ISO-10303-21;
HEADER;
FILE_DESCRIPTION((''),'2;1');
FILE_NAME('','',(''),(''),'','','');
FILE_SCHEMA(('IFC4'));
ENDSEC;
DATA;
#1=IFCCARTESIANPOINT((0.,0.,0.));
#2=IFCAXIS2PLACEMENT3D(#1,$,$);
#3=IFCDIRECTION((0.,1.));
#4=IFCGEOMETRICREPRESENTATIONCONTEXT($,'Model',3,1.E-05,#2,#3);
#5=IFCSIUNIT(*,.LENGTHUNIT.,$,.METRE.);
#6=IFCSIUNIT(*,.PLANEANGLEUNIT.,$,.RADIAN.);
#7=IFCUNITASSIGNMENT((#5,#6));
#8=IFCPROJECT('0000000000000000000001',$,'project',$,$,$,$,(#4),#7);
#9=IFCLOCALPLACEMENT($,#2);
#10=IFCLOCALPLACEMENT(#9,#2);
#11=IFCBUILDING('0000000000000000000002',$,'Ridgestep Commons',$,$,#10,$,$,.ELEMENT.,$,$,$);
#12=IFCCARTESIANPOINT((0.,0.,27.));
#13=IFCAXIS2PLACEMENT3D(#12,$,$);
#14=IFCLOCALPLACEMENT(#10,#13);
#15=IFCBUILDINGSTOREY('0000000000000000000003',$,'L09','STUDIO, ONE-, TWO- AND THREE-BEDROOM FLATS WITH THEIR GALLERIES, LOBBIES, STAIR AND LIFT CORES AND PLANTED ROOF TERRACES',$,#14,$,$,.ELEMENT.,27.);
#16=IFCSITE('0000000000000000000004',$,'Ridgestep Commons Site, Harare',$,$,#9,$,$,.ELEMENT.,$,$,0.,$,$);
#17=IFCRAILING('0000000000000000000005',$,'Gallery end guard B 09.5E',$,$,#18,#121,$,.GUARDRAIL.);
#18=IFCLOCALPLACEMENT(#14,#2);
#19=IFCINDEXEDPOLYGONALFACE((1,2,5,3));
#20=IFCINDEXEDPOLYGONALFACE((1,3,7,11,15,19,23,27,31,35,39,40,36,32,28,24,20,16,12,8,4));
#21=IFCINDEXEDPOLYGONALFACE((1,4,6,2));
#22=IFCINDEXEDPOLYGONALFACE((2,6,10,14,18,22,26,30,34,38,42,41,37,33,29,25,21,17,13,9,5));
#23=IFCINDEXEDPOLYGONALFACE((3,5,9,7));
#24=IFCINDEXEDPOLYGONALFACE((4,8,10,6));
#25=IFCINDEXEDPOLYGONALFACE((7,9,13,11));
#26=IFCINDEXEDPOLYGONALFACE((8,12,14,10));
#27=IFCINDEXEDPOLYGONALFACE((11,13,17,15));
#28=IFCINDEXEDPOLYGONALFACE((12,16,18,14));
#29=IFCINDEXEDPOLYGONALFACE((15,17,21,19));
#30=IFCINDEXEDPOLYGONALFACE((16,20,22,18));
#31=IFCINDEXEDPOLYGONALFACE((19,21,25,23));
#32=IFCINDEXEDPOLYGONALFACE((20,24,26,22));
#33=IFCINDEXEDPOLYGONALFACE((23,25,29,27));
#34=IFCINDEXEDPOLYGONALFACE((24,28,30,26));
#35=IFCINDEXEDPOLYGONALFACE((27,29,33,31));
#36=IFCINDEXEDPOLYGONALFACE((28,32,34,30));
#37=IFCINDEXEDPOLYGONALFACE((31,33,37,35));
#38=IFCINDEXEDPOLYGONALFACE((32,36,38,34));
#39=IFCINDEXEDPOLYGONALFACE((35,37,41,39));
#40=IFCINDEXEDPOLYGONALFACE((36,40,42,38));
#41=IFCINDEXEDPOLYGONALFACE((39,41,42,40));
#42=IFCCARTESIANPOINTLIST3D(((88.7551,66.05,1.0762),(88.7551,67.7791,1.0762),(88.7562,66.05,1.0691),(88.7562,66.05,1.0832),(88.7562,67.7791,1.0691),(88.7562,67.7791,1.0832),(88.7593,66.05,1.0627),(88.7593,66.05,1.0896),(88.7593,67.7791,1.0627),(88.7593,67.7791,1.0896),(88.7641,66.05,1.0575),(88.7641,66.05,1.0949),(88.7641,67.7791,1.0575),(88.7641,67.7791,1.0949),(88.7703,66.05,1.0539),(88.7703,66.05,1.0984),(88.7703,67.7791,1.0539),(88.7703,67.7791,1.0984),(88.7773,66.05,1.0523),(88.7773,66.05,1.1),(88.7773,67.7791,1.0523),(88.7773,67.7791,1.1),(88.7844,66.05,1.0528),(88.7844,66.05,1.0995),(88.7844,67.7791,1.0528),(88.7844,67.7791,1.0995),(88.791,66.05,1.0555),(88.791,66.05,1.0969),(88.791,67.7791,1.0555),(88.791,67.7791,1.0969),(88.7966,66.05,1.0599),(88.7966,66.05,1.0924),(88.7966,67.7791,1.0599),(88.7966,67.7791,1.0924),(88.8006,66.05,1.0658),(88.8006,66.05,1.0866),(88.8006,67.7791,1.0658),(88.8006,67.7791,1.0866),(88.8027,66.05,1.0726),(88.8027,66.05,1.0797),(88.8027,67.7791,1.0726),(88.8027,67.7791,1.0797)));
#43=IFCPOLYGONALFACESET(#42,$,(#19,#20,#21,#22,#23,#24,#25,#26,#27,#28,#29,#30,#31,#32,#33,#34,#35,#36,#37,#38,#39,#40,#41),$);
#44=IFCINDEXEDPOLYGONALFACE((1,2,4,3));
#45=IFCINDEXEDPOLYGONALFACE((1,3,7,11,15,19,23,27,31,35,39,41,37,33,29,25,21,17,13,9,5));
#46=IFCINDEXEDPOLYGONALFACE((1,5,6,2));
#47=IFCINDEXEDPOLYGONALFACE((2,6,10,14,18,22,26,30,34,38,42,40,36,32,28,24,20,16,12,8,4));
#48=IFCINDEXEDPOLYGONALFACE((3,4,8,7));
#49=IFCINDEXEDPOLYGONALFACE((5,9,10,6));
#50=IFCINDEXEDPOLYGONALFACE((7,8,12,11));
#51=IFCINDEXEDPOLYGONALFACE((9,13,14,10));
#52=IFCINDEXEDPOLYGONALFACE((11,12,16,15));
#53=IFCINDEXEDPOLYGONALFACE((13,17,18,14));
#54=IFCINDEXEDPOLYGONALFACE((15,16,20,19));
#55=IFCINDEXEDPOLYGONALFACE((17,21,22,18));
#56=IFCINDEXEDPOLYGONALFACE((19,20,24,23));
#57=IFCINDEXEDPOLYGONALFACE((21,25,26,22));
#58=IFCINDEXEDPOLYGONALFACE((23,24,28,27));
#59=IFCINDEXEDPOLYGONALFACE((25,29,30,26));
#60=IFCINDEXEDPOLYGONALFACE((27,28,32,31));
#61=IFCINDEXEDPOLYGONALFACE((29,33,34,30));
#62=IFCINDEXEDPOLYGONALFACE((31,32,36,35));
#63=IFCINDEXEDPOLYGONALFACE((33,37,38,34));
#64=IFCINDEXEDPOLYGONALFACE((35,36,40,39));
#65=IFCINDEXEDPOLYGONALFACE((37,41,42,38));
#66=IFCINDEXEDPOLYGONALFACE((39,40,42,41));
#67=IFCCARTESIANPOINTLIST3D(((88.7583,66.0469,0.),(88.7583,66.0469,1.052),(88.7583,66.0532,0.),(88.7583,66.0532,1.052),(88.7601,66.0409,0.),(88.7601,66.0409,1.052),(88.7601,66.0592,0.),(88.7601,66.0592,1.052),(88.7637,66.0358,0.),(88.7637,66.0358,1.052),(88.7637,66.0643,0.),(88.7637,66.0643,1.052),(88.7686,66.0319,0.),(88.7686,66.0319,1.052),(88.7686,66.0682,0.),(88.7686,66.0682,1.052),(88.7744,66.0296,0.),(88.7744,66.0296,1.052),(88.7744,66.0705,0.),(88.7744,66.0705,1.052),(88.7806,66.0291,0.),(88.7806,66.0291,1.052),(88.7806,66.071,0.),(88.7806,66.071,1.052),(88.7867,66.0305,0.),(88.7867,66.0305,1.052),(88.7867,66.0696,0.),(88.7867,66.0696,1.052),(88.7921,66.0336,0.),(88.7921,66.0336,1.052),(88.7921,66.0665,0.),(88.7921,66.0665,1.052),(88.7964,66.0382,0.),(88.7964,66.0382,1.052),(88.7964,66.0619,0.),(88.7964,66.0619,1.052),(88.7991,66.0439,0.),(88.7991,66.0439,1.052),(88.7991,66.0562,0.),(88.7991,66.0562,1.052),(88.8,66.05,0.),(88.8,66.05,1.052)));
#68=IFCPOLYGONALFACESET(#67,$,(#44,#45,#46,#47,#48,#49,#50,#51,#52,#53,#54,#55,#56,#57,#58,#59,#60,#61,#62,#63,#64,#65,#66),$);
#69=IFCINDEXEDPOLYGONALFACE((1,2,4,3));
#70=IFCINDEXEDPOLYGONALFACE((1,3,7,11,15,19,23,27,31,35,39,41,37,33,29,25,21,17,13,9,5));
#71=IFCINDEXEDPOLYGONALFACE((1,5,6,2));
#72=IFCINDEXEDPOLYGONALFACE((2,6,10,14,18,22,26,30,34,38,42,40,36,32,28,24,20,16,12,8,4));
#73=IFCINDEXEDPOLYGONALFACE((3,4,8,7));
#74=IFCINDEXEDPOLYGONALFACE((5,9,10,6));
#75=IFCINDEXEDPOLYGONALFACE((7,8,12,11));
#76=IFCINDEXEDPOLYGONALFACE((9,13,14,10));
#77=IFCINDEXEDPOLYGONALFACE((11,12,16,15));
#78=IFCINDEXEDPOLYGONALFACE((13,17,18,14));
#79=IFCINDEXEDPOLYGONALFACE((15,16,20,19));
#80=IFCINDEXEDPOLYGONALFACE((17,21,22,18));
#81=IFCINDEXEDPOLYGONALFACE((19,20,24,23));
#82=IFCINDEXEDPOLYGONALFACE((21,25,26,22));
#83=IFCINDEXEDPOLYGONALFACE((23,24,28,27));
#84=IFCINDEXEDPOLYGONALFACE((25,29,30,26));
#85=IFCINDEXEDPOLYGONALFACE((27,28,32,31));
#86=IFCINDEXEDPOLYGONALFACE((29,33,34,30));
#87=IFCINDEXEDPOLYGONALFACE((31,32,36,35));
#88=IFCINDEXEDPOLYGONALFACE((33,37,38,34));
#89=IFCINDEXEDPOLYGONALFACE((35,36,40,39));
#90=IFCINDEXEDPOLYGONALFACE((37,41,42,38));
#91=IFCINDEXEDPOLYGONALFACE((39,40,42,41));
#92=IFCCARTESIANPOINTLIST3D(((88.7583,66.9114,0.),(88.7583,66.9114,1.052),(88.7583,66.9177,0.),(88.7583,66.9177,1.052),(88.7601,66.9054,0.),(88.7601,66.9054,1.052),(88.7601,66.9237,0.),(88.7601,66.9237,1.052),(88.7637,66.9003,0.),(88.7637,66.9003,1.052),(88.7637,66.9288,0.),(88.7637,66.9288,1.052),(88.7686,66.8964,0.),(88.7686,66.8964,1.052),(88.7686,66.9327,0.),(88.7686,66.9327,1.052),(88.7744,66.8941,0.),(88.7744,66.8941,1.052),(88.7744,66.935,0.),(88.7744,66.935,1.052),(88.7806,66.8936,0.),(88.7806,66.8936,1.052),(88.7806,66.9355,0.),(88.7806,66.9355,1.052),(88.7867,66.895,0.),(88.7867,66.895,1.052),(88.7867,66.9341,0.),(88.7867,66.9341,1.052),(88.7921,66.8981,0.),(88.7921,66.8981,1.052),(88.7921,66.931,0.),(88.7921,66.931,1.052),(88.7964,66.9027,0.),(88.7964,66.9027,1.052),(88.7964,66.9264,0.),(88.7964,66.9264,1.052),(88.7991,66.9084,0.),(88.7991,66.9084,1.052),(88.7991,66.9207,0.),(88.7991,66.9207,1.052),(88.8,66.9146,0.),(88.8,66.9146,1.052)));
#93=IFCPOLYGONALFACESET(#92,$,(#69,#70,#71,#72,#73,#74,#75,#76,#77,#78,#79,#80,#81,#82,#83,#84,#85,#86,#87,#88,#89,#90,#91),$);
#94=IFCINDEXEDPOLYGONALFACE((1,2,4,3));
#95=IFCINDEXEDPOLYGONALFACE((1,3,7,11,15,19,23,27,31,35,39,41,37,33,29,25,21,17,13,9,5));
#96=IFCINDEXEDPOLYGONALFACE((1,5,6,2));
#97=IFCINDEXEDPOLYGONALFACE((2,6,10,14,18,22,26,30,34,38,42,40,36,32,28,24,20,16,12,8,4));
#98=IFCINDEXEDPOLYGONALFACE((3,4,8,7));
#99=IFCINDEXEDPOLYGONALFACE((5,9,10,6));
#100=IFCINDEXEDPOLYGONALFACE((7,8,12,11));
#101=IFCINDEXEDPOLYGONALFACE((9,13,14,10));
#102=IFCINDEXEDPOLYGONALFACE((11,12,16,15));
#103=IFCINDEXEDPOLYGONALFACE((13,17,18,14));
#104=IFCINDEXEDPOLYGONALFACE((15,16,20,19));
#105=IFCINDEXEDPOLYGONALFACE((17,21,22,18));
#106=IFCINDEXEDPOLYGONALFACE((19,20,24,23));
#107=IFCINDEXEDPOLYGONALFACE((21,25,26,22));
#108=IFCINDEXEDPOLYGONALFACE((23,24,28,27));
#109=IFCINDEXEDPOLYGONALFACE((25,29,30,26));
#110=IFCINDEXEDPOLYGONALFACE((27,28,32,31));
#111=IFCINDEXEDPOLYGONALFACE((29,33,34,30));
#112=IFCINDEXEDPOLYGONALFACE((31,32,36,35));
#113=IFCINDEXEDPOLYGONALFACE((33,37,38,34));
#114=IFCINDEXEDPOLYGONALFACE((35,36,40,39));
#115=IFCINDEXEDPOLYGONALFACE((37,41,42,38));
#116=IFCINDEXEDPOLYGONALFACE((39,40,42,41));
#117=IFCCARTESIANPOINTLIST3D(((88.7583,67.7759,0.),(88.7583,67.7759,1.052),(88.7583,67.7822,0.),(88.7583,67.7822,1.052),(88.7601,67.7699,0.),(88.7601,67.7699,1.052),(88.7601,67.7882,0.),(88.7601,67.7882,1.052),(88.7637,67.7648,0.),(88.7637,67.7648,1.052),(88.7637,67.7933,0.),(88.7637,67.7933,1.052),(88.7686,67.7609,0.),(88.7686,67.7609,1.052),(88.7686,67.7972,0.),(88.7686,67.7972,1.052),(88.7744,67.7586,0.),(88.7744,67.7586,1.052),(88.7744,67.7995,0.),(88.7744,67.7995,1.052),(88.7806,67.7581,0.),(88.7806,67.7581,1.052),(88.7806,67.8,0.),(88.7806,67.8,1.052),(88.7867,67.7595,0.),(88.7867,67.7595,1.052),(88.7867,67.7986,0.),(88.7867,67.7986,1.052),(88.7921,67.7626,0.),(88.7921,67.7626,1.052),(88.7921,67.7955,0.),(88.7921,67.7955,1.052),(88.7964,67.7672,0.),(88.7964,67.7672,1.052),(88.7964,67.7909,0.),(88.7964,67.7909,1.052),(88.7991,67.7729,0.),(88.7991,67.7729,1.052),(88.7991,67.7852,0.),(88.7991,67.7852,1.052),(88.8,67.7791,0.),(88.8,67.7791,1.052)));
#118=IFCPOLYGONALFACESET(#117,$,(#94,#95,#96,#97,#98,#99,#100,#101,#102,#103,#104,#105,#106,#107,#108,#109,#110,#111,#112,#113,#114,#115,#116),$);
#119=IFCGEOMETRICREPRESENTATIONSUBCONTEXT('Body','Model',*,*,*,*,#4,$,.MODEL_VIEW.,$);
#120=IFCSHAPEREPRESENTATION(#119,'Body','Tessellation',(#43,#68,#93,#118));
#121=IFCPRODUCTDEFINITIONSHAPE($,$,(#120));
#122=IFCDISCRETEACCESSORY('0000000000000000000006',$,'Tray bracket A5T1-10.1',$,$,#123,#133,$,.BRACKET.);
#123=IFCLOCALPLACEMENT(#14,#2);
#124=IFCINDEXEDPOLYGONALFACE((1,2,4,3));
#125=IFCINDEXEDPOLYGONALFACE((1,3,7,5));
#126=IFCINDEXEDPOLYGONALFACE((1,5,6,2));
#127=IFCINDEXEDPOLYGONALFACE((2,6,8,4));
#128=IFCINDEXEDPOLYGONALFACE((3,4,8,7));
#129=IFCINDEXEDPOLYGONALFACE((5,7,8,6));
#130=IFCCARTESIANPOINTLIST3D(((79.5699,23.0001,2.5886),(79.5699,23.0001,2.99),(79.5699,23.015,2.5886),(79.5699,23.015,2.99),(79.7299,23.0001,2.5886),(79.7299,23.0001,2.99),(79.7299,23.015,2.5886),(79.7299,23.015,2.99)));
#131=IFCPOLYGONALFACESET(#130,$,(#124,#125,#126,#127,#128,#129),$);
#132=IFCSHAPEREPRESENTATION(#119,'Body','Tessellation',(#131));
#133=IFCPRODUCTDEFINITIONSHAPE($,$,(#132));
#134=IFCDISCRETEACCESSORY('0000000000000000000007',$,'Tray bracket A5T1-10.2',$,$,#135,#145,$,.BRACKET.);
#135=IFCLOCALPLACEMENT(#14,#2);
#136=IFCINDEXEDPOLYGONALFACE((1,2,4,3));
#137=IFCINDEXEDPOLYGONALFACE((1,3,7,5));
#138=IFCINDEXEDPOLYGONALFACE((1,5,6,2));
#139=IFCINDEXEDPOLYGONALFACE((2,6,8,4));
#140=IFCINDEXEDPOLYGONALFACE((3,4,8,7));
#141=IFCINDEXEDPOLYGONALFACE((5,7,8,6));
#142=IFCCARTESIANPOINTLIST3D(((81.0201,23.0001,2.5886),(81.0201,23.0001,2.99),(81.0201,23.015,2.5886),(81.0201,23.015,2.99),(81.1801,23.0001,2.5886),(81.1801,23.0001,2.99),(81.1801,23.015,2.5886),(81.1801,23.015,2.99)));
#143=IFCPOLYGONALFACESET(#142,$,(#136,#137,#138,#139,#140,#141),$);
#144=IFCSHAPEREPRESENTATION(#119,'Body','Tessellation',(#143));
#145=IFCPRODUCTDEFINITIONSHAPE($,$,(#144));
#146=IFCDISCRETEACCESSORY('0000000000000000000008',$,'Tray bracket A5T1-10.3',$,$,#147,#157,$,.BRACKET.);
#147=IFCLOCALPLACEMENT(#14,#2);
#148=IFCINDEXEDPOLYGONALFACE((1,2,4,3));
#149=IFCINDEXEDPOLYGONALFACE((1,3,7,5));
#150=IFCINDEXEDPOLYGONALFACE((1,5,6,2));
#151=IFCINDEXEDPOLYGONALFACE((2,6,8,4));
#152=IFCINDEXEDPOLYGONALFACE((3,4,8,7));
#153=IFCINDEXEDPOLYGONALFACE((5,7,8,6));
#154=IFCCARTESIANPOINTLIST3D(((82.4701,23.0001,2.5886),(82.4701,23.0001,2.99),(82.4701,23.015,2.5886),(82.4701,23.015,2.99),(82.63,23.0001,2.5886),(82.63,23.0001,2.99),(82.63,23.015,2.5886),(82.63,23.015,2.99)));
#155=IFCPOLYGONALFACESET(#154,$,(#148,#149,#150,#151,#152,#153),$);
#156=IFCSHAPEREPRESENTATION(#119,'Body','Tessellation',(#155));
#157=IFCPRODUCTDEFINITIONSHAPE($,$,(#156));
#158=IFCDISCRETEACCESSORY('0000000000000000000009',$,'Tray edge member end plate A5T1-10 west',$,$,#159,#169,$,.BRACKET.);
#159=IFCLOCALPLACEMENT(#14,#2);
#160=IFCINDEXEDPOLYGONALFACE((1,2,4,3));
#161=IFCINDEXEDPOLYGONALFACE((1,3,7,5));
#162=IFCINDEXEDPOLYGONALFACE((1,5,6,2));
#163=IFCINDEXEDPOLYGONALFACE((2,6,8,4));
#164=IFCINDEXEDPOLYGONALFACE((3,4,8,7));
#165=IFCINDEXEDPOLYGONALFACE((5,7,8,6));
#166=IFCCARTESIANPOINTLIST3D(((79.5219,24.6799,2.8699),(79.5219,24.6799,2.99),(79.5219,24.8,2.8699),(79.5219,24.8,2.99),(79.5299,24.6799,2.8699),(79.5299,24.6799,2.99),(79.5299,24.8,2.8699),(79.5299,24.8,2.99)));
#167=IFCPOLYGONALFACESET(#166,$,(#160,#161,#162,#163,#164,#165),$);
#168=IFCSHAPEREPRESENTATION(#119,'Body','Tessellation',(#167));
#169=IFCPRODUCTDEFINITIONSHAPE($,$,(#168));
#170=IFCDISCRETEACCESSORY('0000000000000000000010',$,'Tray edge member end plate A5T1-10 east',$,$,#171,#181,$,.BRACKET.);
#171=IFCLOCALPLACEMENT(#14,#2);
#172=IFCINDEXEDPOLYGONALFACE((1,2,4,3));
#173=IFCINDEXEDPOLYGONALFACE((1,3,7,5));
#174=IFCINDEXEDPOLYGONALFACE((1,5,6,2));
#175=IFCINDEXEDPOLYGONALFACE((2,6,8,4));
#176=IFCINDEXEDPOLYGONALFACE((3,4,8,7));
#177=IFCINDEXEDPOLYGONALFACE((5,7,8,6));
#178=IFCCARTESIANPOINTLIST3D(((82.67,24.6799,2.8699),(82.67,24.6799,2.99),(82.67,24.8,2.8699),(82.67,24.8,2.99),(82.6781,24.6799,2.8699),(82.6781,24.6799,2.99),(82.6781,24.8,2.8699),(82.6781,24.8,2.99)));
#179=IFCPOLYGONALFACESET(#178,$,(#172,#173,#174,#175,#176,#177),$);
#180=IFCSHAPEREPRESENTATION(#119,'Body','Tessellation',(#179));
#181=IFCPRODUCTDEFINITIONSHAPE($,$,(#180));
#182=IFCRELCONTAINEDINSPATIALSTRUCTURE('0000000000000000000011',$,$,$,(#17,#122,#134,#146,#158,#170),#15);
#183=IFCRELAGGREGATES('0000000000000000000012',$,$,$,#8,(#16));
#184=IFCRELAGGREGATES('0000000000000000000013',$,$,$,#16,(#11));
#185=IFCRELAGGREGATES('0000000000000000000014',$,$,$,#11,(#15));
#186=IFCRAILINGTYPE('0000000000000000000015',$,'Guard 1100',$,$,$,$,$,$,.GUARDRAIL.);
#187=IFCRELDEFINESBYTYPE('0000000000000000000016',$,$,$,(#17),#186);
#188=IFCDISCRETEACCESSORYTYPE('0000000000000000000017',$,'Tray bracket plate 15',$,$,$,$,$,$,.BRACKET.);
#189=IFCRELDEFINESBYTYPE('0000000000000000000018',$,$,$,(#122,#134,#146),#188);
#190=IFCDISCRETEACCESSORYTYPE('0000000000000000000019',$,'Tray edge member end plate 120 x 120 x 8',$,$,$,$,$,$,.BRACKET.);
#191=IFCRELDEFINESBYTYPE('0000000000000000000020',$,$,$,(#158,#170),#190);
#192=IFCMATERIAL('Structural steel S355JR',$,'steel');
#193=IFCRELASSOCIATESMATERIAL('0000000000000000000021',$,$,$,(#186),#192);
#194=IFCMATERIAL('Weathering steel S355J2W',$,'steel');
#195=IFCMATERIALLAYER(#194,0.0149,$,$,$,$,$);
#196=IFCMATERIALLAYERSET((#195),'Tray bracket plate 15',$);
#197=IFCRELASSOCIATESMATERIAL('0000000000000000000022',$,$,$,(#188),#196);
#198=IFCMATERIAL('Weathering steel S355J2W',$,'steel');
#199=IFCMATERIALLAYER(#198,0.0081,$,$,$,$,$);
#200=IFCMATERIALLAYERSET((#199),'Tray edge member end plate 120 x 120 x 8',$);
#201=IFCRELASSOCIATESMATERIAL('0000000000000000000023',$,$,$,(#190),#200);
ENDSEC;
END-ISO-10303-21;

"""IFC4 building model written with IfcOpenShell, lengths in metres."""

from ifc_helpers import new_model, si_unit, direction, frame, origin, origin_2d, place, context, subcontext, project, spatial, rectangle, circle, extrude, material, layer, layer_set, type_object, element, save


model = new_model("IFC4")

# Units and contexts
model_context = context("Model", 3, precision=1e-05, world=origin(), true_north=direction((0.0, 1.0)))
body_context = subcontext(model_context, "Body", "Model", "MODEL_VIEW")
ifc_project = project(units=[si_unit("LENGTHUNIT", "METRE"), si_unit("PLANEANGLEUNIT", "RADIAN")], contexts=[model_context])

# Site, building, storey
site_placement = place(None, origin())
site = spatial("IfcSite", under=ifc_project, at=site_placement, Name="Ridgestep Commons Site, Harare", CompositionType="ELEMENT", RefElevation=0.0)
building_placement = place(site_placement, origin())
building = spatial("IfcBuilding", under=site, at=building_placement, Name="Ridgestep Commons", CompositionType="ELEMENT")
storey_placement = place(building_placement, frame((0.0, 0.0, 27.0)))
storey = spatial("IfcBuildingStorey", under=building, at=storey_placement, Name="L09", Description="STUDIO, ONE-, TWO- AND THREE-BEDROOM FLATS WITH THEIR GALLERIES, LOBBIES, STAIR AND LIFT CORES AND PLANTED ROOF TERRACES", CompositionType="ELEMENT", Elevation=27.0)

# Railing
ifc_material_1 = material(Name="Structural steel S355JR", Category="steel")
railing_type = type_object("IfcRailingType", Name="Guard 1100", PredefinedType="GUARDRAIL", material=ifc_material_1)
railing_1_placement = place(storey_placement, frame((88.7791, 66.05, 0.0)))
element("IfcRailing", 1, at=railing_1_placement, inside=storey, type_object=railing_type, Name="Gallery end guard B 09.5E", PredefinedType="GUARDRAIL", context=body_context, shape_type="SweptSolid", body=[
    extrude(circle(Radius=0.0239, at=origin_2d()), frame((0.0, 0.0, 1.0762), z_axis=(0.0, 1.0, 0.0), x_axis=(-1.0, 0.0, 0.0)), (0.0, 0.0, 1.0), 1.729),
    extrude(circle(Radius=0.021, at=origin_2d()), origin(), (0.0, 0.0, 1.0), 1.052),
    extrude(circle(Radius=0.021, at=origin_2d()), frame((0.0, 0.8645, 0.0)), (0.0, 0.0, 1.0), 1.052),
    extrude(circle(Radius=0.021, at=origin_2d()), frame((0.0, 1.729, 0.0)), (0.0, 0.0, 1.0), 1.052),
])

# Discrete accessories
ifc_material_2 = material(Name="Weathering steel S355J2W", Category="steel")
ifc_layer_1 = layer(ifc_material_2, 0.0149)
ifc_layer_set_1 = layer_set([ifc_layer_1], Name="Tray bracket plate 15")
discrete_accessory_type_1 = type_object("IfcDiscreteAccessoryType", Name="Tray bracket plate 15", PredefinedType="BRACKET", material=ifc_layer_set_1)
for number, where, z_axis, x_axis, name in (
    (2, (79.6499, 23.0076, 2.5886), (0.0, 0.0, 1.0), (1.0, 0.0, 0.0), "Tray bracket A5T1-10.1"),
    (3, (81.1001, 23.0076, 2.5886), (0.0, 0.0, 1.0), (1.0, 0.0, 0.0), "Tray bracket A5T1-10.2"),
    (4, (82.55, 23.0076, 2.5886), (0.0, 0.0, 1.0), (1.0, 0.0, 0.0), "Tray bracket A5T1-10.3"),
):
    element("IfcDiscreteAccessory", number, at=place(storey_placement, frame(where, z_axis=z_axis, x_axis=x_axis)), inside=storey, type_object=discrete_accessory_type_1, Name=name, PredefinedType="BRACKET", context=body_context, shape_type="SweptSolid", body=[
        extrude(rectangle(XDim=0.1599, YDim=0.0149, at=origin_2d()), origin(), (0.0, 0.0, 1.0), 0.4014),
    ])
ifc_material_3 = material(Name="Weathering steel S355J2W", Category="steel")
ifc_layer_2 = layer(ifc_material_3, 0.0081)
ifc_layer_set_2 = layer_set([ifc_layer_2], Name="Tray edge member end plate 120 x 120 x 8")
discrete_accessory_type_2 = type_object("IfcDiscreteAccessoryType", Name="Tray edge member end plate 120 x 120 x 8", PredefinedType="BRACKET", material=ifc_layer_set_2)
for number, where, z_axis, x_axis, name in (
    (5, (79.5259, 24.74, 2.8699), (0.0, 0.0, 1.0), (1.0, 0.0, 0.0), "Tray edge member end plate A5T1-10 west"),
    (6, (82.6741, 24.74, 2.8699), (0.0, 0.0, 1.0), (1.0, 0.0, 0.0), "Tray edge member end plate A5T1-10 east"),
):
    element("IfcDiscreteAccessory", number, at=place(storey_placement, frame(where, z_axis=z_axis, x_axis=x_axis)), inside=storey, type_object=discrete_accessory_type_2, Name=name, PredefinedType="BRACKET", context=body_context, shape_type="SweptSolid", body=[
        extrude(rectangle(XDim=0.0081, YDim=0.1201, at=origin_2d()), origin(), (0.0, 0.0, 1.0), 0.1201),
    ])

save(model, "model.ifc")
